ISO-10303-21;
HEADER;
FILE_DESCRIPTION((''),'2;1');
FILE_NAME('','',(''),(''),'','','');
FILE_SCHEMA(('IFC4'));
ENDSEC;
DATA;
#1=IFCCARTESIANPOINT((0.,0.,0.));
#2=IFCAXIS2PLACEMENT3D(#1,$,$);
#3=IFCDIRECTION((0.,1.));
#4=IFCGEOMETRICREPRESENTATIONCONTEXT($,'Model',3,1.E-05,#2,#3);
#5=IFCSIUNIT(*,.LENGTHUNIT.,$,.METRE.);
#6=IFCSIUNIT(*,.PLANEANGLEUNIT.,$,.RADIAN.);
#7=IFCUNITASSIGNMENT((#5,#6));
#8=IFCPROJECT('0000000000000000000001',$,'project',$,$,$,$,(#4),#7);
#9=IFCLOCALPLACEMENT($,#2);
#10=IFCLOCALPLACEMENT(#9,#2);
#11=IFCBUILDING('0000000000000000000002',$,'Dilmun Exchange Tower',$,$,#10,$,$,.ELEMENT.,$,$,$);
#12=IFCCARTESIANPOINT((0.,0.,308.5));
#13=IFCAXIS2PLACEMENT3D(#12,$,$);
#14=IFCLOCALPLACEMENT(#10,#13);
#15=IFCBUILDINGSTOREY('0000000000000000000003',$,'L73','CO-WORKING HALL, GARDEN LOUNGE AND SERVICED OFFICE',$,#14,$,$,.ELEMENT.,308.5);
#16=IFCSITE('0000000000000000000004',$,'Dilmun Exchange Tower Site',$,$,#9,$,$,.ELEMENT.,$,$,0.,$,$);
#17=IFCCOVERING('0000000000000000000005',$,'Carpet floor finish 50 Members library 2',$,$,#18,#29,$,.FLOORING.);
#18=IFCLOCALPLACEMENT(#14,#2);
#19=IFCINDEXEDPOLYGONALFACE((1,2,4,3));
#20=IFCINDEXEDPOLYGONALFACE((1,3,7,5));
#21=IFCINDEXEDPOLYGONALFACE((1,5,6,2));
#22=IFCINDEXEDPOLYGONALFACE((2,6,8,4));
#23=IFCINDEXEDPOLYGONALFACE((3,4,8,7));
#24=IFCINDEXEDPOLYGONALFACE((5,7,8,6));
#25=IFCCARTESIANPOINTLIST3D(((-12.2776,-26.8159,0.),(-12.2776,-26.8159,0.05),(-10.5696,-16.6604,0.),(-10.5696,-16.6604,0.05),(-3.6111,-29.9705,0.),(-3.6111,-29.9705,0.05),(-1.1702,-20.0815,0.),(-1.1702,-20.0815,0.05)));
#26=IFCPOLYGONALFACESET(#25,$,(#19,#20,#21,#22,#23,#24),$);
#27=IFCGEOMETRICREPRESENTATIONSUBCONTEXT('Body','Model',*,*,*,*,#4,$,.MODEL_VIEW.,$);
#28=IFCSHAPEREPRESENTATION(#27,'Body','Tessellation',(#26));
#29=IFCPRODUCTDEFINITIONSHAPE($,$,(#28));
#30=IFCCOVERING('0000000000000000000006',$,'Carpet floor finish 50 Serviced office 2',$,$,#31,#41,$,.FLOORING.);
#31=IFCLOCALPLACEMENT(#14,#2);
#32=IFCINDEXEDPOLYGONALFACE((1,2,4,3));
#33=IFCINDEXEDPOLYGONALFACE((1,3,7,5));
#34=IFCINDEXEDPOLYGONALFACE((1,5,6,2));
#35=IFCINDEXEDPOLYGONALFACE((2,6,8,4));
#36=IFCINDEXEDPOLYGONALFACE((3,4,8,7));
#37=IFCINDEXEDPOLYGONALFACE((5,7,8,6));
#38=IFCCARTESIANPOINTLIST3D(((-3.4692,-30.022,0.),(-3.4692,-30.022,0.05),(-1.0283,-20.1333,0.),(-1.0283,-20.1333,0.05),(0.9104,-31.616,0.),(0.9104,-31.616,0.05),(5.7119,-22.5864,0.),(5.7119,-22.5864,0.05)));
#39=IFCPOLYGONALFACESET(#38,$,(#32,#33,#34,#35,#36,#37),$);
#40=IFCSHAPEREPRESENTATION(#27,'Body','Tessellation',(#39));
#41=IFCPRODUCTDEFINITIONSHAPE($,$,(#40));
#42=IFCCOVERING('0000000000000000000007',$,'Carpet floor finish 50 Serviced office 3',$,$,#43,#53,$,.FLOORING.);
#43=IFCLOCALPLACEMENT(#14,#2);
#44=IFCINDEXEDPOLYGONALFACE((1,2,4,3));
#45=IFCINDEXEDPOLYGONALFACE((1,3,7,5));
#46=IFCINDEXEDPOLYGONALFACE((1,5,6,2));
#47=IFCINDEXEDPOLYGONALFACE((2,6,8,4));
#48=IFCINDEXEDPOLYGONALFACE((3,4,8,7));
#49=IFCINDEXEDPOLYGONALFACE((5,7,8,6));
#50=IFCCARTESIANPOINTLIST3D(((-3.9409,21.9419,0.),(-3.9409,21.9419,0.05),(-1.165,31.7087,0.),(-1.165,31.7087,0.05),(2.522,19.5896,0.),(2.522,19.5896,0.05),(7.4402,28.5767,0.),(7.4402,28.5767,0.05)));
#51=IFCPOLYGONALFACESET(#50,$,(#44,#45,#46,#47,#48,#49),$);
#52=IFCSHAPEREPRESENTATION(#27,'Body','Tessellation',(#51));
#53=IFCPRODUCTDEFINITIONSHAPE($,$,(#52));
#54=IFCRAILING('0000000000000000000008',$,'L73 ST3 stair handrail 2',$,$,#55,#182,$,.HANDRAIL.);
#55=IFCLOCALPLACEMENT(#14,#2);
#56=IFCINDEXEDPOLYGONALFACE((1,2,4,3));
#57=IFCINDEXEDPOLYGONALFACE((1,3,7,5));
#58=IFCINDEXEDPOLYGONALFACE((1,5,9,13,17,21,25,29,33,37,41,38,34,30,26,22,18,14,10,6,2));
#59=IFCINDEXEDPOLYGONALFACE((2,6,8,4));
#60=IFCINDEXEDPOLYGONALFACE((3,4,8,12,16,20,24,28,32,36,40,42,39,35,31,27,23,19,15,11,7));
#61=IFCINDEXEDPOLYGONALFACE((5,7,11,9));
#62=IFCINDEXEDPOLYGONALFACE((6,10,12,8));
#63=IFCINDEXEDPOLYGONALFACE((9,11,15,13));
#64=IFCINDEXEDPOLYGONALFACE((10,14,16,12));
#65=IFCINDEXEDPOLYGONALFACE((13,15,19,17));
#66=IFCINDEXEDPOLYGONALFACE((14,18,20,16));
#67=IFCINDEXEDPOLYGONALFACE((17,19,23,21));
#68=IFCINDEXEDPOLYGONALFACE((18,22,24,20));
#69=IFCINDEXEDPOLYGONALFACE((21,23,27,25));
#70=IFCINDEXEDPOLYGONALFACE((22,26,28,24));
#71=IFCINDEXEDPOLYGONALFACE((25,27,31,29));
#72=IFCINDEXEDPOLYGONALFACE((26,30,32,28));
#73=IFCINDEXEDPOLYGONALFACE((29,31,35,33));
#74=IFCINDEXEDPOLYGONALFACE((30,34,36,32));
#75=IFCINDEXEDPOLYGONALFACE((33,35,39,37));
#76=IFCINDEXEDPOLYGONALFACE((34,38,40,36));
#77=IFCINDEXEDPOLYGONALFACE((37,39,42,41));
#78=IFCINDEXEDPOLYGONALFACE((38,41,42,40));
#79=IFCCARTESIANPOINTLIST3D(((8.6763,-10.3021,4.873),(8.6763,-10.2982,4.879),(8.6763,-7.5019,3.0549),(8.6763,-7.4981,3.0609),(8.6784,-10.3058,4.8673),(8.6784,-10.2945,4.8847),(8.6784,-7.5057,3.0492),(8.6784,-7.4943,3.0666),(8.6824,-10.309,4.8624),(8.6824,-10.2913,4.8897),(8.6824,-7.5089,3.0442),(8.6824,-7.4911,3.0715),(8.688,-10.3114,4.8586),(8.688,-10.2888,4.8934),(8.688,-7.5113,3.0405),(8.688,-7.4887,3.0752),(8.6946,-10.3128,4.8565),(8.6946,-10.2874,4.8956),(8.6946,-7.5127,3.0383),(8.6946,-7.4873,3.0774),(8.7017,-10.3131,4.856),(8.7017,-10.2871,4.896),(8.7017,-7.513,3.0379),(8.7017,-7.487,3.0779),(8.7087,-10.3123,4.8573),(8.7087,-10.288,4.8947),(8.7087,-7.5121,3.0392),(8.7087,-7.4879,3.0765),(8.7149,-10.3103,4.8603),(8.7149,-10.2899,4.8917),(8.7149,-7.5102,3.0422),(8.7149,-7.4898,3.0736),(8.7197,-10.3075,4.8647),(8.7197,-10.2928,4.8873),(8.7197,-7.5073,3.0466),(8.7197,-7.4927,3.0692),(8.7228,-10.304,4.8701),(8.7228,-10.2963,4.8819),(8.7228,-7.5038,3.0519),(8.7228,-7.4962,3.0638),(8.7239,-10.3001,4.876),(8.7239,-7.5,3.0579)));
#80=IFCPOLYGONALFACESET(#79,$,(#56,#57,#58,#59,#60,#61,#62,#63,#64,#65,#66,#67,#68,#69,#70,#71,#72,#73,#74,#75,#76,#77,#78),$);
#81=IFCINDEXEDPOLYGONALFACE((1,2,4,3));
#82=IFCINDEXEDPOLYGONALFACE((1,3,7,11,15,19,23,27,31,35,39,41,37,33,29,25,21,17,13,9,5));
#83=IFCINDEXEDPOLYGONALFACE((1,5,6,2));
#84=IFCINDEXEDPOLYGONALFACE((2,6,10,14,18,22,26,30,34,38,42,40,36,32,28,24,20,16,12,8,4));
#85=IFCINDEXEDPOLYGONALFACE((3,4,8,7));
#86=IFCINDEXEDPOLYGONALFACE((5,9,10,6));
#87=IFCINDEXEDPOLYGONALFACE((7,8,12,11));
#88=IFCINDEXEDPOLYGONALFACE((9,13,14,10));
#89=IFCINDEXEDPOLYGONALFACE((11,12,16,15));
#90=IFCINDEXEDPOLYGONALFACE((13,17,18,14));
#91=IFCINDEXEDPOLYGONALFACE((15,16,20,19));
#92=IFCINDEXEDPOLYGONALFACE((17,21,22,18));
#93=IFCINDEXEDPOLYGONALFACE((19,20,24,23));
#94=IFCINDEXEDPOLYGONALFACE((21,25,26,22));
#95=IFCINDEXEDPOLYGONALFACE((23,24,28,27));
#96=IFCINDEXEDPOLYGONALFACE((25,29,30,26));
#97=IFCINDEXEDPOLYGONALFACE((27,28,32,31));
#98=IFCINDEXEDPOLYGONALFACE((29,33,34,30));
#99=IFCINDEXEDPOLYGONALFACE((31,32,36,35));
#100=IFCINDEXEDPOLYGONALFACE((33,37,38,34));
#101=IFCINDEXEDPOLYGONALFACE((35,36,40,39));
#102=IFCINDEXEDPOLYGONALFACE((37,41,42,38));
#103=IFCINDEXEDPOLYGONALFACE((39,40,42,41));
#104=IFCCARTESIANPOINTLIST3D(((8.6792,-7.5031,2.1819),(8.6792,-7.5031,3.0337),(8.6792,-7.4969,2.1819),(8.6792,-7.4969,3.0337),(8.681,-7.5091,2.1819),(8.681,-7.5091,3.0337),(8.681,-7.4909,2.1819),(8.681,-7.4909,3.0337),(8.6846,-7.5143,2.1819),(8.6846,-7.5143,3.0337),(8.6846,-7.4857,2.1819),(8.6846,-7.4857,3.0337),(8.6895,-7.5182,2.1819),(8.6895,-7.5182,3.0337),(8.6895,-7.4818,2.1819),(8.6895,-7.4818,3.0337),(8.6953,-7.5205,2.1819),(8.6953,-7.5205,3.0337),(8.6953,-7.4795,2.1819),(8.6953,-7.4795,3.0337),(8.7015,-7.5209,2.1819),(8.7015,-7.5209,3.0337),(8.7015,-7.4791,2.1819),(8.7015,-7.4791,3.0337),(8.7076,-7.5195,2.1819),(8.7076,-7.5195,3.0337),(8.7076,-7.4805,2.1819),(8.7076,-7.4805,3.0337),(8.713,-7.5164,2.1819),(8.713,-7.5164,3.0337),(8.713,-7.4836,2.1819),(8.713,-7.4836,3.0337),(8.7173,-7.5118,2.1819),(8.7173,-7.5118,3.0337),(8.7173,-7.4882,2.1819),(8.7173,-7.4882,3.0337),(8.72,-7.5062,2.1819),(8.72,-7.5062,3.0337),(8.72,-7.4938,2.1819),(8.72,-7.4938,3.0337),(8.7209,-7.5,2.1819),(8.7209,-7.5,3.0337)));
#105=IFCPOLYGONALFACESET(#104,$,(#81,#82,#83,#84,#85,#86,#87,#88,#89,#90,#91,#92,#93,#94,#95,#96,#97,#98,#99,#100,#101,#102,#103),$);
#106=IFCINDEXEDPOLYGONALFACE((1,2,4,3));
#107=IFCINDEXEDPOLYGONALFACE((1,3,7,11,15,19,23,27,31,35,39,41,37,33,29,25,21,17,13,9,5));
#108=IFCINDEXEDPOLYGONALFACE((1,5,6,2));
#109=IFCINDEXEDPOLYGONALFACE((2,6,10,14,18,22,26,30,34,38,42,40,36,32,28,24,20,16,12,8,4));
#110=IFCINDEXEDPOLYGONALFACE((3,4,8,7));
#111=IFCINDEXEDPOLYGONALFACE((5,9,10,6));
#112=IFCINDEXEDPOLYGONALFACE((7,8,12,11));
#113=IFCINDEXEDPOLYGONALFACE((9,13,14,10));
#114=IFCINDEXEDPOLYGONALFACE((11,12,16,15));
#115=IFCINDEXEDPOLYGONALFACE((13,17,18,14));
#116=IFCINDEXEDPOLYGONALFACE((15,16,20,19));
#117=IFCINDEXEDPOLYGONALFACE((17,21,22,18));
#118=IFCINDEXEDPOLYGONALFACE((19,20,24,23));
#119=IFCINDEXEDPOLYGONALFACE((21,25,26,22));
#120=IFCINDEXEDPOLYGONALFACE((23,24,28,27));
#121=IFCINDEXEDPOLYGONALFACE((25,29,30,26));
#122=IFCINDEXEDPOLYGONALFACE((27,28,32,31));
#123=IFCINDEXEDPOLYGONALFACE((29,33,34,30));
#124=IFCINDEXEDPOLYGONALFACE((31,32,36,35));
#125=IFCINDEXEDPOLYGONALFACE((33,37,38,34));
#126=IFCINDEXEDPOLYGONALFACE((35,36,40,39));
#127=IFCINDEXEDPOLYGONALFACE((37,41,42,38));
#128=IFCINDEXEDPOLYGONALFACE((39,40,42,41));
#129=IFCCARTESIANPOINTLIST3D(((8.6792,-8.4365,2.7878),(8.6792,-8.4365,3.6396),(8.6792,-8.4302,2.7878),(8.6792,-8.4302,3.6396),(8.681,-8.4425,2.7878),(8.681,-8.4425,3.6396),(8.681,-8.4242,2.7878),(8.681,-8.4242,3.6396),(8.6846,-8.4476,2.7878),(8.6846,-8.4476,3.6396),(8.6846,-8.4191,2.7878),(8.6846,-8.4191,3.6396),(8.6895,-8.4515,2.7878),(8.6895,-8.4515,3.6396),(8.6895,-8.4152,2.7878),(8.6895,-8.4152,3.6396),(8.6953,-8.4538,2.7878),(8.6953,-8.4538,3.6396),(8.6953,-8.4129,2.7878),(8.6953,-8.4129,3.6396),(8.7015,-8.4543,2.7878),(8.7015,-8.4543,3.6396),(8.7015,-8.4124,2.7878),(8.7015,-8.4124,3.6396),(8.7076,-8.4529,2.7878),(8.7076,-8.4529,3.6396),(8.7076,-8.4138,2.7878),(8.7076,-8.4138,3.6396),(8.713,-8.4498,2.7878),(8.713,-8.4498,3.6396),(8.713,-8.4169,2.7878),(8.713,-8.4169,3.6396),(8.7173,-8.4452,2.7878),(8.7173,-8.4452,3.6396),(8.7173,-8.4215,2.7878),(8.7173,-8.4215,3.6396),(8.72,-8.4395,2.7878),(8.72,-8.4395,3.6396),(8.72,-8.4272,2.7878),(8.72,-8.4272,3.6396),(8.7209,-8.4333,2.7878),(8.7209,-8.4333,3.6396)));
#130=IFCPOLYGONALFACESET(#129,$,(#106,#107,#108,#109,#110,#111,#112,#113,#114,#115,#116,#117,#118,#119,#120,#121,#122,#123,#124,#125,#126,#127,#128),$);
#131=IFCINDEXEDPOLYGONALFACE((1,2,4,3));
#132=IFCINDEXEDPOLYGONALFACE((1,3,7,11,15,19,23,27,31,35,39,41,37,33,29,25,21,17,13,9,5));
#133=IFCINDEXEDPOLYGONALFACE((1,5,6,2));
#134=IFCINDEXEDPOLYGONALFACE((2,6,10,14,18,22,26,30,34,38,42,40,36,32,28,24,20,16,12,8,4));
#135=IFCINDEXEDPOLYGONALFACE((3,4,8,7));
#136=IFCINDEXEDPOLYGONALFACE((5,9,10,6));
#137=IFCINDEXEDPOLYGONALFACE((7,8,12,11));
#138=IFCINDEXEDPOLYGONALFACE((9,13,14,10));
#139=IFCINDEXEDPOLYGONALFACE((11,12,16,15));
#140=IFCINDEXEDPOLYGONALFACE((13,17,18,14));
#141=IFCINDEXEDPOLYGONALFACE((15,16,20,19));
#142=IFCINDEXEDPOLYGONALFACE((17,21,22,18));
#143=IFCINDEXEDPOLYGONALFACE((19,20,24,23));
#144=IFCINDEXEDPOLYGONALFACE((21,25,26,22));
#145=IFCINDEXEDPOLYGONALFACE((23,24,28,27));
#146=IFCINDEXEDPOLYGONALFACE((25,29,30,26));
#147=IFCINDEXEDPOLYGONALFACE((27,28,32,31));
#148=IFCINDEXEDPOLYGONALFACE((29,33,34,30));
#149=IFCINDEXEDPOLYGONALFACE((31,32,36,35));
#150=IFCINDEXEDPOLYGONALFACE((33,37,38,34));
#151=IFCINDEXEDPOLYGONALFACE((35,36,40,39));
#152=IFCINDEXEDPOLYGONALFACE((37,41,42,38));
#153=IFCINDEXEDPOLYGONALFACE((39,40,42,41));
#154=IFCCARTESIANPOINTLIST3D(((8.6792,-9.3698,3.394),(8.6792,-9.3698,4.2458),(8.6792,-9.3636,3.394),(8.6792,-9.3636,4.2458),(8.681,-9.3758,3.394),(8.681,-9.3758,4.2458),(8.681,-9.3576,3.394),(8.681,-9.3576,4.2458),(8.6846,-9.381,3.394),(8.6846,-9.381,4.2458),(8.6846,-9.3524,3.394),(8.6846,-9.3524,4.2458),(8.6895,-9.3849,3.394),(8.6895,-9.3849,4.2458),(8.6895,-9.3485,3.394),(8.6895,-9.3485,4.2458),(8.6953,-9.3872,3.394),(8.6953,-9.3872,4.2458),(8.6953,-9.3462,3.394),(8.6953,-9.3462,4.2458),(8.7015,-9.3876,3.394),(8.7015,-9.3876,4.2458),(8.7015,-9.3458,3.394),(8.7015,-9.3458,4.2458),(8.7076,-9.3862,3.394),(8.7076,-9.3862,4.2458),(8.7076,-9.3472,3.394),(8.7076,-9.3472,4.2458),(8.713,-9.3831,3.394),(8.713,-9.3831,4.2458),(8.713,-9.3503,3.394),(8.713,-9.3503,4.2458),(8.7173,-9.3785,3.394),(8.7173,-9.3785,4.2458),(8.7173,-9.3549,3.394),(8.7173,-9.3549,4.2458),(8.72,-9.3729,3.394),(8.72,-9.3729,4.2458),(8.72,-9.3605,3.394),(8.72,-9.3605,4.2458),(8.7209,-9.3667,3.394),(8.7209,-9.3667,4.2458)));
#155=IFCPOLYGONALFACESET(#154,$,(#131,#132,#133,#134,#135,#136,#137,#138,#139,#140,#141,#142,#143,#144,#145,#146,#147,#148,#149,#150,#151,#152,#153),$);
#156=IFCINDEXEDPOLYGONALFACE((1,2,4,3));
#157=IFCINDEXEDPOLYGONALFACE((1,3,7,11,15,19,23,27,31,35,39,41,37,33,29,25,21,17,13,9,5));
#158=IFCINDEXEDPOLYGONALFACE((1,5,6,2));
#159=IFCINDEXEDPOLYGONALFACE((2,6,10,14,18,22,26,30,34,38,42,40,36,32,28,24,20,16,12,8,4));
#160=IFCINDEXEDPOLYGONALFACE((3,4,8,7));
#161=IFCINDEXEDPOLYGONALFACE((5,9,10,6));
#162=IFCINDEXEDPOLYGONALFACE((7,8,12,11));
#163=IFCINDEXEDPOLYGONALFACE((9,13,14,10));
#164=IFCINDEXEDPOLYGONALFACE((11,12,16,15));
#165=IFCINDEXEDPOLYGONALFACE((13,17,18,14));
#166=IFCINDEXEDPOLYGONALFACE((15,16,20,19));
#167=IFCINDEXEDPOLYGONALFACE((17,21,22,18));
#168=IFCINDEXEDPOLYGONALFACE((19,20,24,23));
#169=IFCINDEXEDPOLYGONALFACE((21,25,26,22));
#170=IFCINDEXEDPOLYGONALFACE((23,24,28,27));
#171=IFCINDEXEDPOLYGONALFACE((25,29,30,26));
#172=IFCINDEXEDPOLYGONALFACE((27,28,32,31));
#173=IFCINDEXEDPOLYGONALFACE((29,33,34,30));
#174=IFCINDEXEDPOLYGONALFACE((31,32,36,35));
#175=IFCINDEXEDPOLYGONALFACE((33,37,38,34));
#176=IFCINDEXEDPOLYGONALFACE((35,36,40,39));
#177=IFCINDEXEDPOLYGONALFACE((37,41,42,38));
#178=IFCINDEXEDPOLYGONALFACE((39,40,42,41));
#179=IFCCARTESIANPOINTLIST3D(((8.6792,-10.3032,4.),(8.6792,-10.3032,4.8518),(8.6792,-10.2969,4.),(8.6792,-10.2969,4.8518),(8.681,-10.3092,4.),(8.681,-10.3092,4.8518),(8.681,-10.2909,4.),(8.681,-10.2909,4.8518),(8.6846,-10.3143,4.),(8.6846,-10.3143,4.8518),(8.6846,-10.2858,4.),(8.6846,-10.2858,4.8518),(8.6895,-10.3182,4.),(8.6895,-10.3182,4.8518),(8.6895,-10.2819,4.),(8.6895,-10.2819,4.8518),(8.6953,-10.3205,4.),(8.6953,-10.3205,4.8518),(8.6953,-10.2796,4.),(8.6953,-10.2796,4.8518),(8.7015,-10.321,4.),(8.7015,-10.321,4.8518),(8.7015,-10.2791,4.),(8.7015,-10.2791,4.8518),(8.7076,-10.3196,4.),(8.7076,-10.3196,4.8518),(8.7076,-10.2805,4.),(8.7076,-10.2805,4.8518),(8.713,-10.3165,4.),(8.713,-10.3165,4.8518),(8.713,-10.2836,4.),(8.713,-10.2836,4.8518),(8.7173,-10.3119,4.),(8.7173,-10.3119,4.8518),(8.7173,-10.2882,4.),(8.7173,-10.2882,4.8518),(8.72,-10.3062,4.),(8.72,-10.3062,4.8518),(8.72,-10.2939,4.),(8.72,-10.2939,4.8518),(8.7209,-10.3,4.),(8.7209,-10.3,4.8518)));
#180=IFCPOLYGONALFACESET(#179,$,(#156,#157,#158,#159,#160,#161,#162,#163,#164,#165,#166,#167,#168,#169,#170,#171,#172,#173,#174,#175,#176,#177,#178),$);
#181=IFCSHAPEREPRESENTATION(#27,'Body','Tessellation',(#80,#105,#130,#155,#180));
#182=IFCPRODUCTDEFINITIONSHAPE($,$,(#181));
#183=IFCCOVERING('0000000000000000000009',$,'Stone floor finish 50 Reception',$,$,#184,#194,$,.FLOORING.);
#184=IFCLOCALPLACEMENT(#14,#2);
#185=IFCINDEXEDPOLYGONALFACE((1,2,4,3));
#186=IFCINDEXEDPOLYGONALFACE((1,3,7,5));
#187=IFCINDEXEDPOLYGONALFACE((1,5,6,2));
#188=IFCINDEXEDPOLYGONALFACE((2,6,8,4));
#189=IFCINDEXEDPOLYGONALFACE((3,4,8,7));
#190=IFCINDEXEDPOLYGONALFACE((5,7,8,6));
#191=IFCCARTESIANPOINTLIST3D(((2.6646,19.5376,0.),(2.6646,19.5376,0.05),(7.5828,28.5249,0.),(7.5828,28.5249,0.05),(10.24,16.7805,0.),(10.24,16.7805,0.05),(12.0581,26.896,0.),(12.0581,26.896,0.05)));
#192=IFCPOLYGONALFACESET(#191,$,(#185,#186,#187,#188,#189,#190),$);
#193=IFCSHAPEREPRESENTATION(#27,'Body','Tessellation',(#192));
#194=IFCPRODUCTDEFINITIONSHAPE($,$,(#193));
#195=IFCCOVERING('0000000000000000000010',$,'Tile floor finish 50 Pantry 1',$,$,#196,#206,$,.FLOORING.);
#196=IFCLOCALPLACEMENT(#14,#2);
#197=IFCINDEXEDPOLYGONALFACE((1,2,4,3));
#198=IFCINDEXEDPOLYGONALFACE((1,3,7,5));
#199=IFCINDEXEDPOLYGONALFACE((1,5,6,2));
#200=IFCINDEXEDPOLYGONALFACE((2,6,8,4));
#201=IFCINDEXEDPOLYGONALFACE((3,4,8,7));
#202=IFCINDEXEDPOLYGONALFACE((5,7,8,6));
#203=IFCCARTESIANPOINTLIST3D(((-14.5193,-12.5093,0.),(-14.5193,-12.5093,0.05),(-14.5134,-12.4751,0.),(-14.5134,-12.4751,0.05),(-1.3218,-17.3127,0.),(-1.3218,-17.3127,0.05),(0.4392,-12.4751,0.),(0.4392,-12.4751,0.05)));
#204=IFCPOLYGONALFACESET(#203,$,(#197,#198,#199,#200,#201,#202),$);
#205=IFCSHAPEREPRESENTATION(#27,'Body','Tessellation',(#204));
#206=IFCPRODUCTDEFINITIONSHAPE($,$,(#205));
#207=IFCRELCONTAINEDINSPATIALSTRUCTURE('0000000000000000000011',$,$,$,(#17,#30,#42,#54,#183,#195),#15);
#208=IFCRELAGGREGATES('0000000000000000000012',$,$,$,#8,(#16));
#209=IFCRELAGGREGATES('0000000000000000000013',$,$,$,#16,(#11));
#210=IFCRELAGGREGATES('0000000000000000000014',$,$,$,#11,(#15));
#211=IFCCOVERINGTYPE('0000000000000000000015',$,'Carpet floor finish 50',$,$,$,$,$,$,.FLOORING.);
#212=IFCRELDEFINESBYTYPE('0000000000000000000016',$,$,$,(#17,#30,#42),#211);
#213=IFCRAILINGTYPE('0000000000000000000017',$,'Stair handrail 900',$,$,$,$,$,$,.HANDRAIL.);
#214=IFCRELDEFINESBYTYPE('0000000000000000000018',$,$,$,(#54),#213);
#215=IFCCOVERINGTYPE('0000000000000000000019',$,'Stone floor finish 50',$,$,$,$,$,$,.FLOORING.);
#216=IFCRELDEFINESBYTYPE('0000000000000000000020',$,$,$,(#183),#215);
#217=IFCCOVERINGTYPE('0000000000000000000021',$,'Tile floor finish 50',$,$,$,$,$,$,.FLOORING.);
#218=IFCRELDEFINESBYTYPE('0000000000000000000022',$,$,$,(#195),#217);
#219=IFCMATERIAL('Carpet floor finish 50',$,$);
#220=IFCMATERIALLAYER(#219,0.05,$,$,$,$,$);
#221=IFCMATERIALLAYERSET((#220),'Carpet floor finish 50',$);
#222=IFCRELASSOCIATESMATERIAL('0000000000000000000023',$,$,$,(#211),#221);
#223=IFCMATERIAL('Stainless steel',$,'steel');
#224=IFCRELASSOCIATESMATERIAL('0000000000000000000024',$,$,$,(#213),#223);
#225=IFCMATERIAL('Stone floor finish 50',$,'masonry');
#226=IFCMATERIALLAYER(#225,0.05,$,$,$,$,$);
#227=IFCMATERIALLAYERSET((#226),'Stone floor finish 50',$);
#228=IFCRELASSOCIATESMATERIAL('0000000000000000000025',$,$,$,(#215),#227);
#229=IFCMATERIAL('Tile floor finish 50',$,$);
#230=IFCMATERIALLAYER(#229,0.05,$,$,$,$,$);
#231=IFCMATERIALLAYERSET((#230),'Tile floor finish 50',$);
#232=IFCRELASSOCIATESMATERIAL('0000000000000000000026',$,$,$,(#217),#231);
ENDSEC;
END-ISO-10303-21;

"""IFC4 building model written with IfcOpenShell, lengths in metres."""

from ifc_helpers import new_model, si_unit, direction, frame, origin, origin_2d, place, context, subcontext, project, spatial, polyline, circle, outline, extrude, material, layer, layer_set, type_object, element, save


model = new_model("IFC4")

# Units and contexts
model_context = context("Model", 3, precision=1e-05, world=origin(), true_north=direction((0.0, 1.0)))
body_context = subcontext(model_context, "Body", "Model", "MODEL_VIEW")
ifc_project = project(units=[si_unit("LENGTHUNIT", "METRE"), si_unit("PLANEANGLEUNIT", "RADIAN")], contexts=[model_context])

# Site, building, storey
site_placement = place(None, origin())
site = spatial("IfcSite", under=ifc_project, at=site_placement, Name="Dilmun Exchange Tower Site", CompositionType="ELEMENT", RefElevation=0.0)
building_placement = place(site_placement, origin())
building = spatial("IfcBuilding", under=site, at=building_placement, Name="Dilmun Exchange Tower", CompositionType="ELEMENT")
storey_placement = place(building_placement, frame((0.0, 0.0, 308.5)))
storey = spatial("IfcBuildingStorey", under=building, at=storey_placement, Name="L73", Description="CO-WORKING HALL, GARDEN LOUNGE AND SERVICED OFFICE", CompositionType="ELEMENT", Elevation=308.5)

# Coverings
ifc_material_1 = material(Name="Carpet floor finish 50")
ifc_layer_1 = layer(ifc_material_1, 0.05)
ifc_layer_set_1 = layer_set([ifc_layer_1], Name="Carpet floor finish 50")
covering_type_1 = type_object("IfcCoveringType", Name="Carpet floor finish 50", PredefinedType="FLOORING", material=ifc_layer_set_1)
covering_1_placement = place(storey_placement, origin())
element("IfcCovering", 1, at=covering_1_placement, inside=storey, type_object=covering_type_1, Name="Carpet floor finish 50 Members library 2", PredefinedType="FLOORING", context=body_context, shape_type="SweptSolid", body=[
    extrude(outline(polyline([(-1.1702, -20.0815), (-3.6111, -29.9705), (-12.2776, -26.8159), (-10.5696, -16.6604), (-1.1702, -20.0815)])), origin(), (0.0, 0.0, 1.0), 0.05),
])
covering_2_placement = place(storey_placement, origin())
element("IfcCovering", 2, at=covering_2_placement, inside=storey, type_object=covering_type_1, Name="Carpet floor finish 50 Serviced office 2", PredefinedType="FLOORING", context=body_context, shape_type="SweptSolid", body=[
    extrude(outline(polyline([(5.7119, -22.5864), (0.9104, -31.616), (-3.4692, -30.022), (-1.0283, -20.1333), (5.7119, -22.5864)])), origin(), (0.0, 0.0, 1.0), 0.05),
])
covering_3_placement = place(storey_placement, origin())
element("IfcCovering", 3, at=covering_3_placement, inside=storey, type_object=covering_type_1, Name="Carpet floor finish 50 Serviced office 3", PredefinedType="FLOORING", context=body_context, shape_type="SweptSolid", body=[
    extrude(outline(polyline([(-1.165, 31.7087), (7.4402, 28.5767), (2.522, 19.5896), (-3.9409, 21.9419), (-1.165, 31.7087)])), origin(), (0.0, 0.0, 1.0), 0.05),
])

# Railing
ifc_material_2 = material(Name="Stainless steel", Category="steel")
railing_type = type_object("IfcRailingType", Name="Stair handrail 900", PredefinedType="HANDRAIL", material=ifc_material_2)
railing_placement = place(storey_placement, frame((8.7, -7.5, 2.1819)))
element("IfcRailing", 4, at=railing_placement, inside=storey, type_object=railing_type, Name="L73 ST3 stair handrail 2", PredefinedType="HANDRAIL", context=body_context, shape_type="SweptSolid", body=[
    extrude(circle(Radius=0.0239, at=origin_2d()), frame((0.0, 0.0, 0.876), z_axis=(0.0, -0.838706, 0.544585), x_axis=(1.0, 0.0, 0.0)), (0.0, 0.0, 1.0), 3.3386),
    extrude(circle(Radius=0.021, at=origin_2d()), origin(), (0.0, 0.0, 1.0), 0.8518),
    extrude(circle(Radius=0.021, at=origin_2d()), frame((0.0, -0.9333, 0.606)), (0.0, 0.0, 1.0), 0.8518),
    extrude(circle(Radius=0.021, at=origin_2d()), frame((0.0, -1.8667, 1.2122)), (0.0, 0.0, 1.0), 0.8518),
    extrude(circle(Radius=0.021, at=origin_2d()), frame((0.0, -2.8, 1.8181)), (0.0, 0.0, 1.0), 0.8518),
])

# Coverings
ifc_material_3 = material(Name="Stone floor finish 50", Category="masonry")
ifc_layer_2 = layer(ifc_material_3, 0.05)
ifc_layer_set_2 = layer_set([ifc_layer_2], Name="Stone floor finish 50")
covering_type_2 = type_object("IfcCoveringType", Name="Stone floor finish 50", PredefinedType="FLOORING", material=ifc_layer_set_2)
covering_4_placement = place(storey_placement, origin())
element("IfcCovering", 5, at=covering_4_placement, inside=storey, type_object=covering_type_2, Name="Stone floor finish 50 Reception", PredefinedType="FLOORING", context=body_context, shape_type="SweptSolid", body=[
    extrude(outline(polyline([(2.6646, 19.5376), (7.5828, 28.5249), (12.0581, 26.896), (10.24, 16.7805), (2.6646, 19.5376)])), origin(), (0.0, 0.0, 1.0), 0.05),
])
ifc_material_4 = material(Name="Tile floor finish 50")
ifc_layer_3 = layer(ifc_material_4, 0.05)
ifc_layer_set_3 = layer_set([ifc_layer_3], Name="Tile floor finish 50")
covering_type_3 = type_object("IfcCoveringType", Name="Tile floor finish 50", PredefinedType="FLOORING", material=ifc_layer_set_3)
covering_5_placement = place(storey_placement, origin())
element("IfcCovering", 6, at=covering_5_placement, inside=storey, type_object=covering_type_3, Name="Tile floor finish 50 Pantry 1", PredefinedType="FLOORING", context=body_context, shape_type="SweptSolid", body=[
    extrude(outline(polyline([(0.4392, -12.4751), (-1.3218, -17.3127), (-14.5193, -12.5093), (-14.5134, -12.4751), (0.4392, -12.4751)])), origin(), (0.0, 0.0, 1.0), 0.05),
])

save(model, "model.ifc")
